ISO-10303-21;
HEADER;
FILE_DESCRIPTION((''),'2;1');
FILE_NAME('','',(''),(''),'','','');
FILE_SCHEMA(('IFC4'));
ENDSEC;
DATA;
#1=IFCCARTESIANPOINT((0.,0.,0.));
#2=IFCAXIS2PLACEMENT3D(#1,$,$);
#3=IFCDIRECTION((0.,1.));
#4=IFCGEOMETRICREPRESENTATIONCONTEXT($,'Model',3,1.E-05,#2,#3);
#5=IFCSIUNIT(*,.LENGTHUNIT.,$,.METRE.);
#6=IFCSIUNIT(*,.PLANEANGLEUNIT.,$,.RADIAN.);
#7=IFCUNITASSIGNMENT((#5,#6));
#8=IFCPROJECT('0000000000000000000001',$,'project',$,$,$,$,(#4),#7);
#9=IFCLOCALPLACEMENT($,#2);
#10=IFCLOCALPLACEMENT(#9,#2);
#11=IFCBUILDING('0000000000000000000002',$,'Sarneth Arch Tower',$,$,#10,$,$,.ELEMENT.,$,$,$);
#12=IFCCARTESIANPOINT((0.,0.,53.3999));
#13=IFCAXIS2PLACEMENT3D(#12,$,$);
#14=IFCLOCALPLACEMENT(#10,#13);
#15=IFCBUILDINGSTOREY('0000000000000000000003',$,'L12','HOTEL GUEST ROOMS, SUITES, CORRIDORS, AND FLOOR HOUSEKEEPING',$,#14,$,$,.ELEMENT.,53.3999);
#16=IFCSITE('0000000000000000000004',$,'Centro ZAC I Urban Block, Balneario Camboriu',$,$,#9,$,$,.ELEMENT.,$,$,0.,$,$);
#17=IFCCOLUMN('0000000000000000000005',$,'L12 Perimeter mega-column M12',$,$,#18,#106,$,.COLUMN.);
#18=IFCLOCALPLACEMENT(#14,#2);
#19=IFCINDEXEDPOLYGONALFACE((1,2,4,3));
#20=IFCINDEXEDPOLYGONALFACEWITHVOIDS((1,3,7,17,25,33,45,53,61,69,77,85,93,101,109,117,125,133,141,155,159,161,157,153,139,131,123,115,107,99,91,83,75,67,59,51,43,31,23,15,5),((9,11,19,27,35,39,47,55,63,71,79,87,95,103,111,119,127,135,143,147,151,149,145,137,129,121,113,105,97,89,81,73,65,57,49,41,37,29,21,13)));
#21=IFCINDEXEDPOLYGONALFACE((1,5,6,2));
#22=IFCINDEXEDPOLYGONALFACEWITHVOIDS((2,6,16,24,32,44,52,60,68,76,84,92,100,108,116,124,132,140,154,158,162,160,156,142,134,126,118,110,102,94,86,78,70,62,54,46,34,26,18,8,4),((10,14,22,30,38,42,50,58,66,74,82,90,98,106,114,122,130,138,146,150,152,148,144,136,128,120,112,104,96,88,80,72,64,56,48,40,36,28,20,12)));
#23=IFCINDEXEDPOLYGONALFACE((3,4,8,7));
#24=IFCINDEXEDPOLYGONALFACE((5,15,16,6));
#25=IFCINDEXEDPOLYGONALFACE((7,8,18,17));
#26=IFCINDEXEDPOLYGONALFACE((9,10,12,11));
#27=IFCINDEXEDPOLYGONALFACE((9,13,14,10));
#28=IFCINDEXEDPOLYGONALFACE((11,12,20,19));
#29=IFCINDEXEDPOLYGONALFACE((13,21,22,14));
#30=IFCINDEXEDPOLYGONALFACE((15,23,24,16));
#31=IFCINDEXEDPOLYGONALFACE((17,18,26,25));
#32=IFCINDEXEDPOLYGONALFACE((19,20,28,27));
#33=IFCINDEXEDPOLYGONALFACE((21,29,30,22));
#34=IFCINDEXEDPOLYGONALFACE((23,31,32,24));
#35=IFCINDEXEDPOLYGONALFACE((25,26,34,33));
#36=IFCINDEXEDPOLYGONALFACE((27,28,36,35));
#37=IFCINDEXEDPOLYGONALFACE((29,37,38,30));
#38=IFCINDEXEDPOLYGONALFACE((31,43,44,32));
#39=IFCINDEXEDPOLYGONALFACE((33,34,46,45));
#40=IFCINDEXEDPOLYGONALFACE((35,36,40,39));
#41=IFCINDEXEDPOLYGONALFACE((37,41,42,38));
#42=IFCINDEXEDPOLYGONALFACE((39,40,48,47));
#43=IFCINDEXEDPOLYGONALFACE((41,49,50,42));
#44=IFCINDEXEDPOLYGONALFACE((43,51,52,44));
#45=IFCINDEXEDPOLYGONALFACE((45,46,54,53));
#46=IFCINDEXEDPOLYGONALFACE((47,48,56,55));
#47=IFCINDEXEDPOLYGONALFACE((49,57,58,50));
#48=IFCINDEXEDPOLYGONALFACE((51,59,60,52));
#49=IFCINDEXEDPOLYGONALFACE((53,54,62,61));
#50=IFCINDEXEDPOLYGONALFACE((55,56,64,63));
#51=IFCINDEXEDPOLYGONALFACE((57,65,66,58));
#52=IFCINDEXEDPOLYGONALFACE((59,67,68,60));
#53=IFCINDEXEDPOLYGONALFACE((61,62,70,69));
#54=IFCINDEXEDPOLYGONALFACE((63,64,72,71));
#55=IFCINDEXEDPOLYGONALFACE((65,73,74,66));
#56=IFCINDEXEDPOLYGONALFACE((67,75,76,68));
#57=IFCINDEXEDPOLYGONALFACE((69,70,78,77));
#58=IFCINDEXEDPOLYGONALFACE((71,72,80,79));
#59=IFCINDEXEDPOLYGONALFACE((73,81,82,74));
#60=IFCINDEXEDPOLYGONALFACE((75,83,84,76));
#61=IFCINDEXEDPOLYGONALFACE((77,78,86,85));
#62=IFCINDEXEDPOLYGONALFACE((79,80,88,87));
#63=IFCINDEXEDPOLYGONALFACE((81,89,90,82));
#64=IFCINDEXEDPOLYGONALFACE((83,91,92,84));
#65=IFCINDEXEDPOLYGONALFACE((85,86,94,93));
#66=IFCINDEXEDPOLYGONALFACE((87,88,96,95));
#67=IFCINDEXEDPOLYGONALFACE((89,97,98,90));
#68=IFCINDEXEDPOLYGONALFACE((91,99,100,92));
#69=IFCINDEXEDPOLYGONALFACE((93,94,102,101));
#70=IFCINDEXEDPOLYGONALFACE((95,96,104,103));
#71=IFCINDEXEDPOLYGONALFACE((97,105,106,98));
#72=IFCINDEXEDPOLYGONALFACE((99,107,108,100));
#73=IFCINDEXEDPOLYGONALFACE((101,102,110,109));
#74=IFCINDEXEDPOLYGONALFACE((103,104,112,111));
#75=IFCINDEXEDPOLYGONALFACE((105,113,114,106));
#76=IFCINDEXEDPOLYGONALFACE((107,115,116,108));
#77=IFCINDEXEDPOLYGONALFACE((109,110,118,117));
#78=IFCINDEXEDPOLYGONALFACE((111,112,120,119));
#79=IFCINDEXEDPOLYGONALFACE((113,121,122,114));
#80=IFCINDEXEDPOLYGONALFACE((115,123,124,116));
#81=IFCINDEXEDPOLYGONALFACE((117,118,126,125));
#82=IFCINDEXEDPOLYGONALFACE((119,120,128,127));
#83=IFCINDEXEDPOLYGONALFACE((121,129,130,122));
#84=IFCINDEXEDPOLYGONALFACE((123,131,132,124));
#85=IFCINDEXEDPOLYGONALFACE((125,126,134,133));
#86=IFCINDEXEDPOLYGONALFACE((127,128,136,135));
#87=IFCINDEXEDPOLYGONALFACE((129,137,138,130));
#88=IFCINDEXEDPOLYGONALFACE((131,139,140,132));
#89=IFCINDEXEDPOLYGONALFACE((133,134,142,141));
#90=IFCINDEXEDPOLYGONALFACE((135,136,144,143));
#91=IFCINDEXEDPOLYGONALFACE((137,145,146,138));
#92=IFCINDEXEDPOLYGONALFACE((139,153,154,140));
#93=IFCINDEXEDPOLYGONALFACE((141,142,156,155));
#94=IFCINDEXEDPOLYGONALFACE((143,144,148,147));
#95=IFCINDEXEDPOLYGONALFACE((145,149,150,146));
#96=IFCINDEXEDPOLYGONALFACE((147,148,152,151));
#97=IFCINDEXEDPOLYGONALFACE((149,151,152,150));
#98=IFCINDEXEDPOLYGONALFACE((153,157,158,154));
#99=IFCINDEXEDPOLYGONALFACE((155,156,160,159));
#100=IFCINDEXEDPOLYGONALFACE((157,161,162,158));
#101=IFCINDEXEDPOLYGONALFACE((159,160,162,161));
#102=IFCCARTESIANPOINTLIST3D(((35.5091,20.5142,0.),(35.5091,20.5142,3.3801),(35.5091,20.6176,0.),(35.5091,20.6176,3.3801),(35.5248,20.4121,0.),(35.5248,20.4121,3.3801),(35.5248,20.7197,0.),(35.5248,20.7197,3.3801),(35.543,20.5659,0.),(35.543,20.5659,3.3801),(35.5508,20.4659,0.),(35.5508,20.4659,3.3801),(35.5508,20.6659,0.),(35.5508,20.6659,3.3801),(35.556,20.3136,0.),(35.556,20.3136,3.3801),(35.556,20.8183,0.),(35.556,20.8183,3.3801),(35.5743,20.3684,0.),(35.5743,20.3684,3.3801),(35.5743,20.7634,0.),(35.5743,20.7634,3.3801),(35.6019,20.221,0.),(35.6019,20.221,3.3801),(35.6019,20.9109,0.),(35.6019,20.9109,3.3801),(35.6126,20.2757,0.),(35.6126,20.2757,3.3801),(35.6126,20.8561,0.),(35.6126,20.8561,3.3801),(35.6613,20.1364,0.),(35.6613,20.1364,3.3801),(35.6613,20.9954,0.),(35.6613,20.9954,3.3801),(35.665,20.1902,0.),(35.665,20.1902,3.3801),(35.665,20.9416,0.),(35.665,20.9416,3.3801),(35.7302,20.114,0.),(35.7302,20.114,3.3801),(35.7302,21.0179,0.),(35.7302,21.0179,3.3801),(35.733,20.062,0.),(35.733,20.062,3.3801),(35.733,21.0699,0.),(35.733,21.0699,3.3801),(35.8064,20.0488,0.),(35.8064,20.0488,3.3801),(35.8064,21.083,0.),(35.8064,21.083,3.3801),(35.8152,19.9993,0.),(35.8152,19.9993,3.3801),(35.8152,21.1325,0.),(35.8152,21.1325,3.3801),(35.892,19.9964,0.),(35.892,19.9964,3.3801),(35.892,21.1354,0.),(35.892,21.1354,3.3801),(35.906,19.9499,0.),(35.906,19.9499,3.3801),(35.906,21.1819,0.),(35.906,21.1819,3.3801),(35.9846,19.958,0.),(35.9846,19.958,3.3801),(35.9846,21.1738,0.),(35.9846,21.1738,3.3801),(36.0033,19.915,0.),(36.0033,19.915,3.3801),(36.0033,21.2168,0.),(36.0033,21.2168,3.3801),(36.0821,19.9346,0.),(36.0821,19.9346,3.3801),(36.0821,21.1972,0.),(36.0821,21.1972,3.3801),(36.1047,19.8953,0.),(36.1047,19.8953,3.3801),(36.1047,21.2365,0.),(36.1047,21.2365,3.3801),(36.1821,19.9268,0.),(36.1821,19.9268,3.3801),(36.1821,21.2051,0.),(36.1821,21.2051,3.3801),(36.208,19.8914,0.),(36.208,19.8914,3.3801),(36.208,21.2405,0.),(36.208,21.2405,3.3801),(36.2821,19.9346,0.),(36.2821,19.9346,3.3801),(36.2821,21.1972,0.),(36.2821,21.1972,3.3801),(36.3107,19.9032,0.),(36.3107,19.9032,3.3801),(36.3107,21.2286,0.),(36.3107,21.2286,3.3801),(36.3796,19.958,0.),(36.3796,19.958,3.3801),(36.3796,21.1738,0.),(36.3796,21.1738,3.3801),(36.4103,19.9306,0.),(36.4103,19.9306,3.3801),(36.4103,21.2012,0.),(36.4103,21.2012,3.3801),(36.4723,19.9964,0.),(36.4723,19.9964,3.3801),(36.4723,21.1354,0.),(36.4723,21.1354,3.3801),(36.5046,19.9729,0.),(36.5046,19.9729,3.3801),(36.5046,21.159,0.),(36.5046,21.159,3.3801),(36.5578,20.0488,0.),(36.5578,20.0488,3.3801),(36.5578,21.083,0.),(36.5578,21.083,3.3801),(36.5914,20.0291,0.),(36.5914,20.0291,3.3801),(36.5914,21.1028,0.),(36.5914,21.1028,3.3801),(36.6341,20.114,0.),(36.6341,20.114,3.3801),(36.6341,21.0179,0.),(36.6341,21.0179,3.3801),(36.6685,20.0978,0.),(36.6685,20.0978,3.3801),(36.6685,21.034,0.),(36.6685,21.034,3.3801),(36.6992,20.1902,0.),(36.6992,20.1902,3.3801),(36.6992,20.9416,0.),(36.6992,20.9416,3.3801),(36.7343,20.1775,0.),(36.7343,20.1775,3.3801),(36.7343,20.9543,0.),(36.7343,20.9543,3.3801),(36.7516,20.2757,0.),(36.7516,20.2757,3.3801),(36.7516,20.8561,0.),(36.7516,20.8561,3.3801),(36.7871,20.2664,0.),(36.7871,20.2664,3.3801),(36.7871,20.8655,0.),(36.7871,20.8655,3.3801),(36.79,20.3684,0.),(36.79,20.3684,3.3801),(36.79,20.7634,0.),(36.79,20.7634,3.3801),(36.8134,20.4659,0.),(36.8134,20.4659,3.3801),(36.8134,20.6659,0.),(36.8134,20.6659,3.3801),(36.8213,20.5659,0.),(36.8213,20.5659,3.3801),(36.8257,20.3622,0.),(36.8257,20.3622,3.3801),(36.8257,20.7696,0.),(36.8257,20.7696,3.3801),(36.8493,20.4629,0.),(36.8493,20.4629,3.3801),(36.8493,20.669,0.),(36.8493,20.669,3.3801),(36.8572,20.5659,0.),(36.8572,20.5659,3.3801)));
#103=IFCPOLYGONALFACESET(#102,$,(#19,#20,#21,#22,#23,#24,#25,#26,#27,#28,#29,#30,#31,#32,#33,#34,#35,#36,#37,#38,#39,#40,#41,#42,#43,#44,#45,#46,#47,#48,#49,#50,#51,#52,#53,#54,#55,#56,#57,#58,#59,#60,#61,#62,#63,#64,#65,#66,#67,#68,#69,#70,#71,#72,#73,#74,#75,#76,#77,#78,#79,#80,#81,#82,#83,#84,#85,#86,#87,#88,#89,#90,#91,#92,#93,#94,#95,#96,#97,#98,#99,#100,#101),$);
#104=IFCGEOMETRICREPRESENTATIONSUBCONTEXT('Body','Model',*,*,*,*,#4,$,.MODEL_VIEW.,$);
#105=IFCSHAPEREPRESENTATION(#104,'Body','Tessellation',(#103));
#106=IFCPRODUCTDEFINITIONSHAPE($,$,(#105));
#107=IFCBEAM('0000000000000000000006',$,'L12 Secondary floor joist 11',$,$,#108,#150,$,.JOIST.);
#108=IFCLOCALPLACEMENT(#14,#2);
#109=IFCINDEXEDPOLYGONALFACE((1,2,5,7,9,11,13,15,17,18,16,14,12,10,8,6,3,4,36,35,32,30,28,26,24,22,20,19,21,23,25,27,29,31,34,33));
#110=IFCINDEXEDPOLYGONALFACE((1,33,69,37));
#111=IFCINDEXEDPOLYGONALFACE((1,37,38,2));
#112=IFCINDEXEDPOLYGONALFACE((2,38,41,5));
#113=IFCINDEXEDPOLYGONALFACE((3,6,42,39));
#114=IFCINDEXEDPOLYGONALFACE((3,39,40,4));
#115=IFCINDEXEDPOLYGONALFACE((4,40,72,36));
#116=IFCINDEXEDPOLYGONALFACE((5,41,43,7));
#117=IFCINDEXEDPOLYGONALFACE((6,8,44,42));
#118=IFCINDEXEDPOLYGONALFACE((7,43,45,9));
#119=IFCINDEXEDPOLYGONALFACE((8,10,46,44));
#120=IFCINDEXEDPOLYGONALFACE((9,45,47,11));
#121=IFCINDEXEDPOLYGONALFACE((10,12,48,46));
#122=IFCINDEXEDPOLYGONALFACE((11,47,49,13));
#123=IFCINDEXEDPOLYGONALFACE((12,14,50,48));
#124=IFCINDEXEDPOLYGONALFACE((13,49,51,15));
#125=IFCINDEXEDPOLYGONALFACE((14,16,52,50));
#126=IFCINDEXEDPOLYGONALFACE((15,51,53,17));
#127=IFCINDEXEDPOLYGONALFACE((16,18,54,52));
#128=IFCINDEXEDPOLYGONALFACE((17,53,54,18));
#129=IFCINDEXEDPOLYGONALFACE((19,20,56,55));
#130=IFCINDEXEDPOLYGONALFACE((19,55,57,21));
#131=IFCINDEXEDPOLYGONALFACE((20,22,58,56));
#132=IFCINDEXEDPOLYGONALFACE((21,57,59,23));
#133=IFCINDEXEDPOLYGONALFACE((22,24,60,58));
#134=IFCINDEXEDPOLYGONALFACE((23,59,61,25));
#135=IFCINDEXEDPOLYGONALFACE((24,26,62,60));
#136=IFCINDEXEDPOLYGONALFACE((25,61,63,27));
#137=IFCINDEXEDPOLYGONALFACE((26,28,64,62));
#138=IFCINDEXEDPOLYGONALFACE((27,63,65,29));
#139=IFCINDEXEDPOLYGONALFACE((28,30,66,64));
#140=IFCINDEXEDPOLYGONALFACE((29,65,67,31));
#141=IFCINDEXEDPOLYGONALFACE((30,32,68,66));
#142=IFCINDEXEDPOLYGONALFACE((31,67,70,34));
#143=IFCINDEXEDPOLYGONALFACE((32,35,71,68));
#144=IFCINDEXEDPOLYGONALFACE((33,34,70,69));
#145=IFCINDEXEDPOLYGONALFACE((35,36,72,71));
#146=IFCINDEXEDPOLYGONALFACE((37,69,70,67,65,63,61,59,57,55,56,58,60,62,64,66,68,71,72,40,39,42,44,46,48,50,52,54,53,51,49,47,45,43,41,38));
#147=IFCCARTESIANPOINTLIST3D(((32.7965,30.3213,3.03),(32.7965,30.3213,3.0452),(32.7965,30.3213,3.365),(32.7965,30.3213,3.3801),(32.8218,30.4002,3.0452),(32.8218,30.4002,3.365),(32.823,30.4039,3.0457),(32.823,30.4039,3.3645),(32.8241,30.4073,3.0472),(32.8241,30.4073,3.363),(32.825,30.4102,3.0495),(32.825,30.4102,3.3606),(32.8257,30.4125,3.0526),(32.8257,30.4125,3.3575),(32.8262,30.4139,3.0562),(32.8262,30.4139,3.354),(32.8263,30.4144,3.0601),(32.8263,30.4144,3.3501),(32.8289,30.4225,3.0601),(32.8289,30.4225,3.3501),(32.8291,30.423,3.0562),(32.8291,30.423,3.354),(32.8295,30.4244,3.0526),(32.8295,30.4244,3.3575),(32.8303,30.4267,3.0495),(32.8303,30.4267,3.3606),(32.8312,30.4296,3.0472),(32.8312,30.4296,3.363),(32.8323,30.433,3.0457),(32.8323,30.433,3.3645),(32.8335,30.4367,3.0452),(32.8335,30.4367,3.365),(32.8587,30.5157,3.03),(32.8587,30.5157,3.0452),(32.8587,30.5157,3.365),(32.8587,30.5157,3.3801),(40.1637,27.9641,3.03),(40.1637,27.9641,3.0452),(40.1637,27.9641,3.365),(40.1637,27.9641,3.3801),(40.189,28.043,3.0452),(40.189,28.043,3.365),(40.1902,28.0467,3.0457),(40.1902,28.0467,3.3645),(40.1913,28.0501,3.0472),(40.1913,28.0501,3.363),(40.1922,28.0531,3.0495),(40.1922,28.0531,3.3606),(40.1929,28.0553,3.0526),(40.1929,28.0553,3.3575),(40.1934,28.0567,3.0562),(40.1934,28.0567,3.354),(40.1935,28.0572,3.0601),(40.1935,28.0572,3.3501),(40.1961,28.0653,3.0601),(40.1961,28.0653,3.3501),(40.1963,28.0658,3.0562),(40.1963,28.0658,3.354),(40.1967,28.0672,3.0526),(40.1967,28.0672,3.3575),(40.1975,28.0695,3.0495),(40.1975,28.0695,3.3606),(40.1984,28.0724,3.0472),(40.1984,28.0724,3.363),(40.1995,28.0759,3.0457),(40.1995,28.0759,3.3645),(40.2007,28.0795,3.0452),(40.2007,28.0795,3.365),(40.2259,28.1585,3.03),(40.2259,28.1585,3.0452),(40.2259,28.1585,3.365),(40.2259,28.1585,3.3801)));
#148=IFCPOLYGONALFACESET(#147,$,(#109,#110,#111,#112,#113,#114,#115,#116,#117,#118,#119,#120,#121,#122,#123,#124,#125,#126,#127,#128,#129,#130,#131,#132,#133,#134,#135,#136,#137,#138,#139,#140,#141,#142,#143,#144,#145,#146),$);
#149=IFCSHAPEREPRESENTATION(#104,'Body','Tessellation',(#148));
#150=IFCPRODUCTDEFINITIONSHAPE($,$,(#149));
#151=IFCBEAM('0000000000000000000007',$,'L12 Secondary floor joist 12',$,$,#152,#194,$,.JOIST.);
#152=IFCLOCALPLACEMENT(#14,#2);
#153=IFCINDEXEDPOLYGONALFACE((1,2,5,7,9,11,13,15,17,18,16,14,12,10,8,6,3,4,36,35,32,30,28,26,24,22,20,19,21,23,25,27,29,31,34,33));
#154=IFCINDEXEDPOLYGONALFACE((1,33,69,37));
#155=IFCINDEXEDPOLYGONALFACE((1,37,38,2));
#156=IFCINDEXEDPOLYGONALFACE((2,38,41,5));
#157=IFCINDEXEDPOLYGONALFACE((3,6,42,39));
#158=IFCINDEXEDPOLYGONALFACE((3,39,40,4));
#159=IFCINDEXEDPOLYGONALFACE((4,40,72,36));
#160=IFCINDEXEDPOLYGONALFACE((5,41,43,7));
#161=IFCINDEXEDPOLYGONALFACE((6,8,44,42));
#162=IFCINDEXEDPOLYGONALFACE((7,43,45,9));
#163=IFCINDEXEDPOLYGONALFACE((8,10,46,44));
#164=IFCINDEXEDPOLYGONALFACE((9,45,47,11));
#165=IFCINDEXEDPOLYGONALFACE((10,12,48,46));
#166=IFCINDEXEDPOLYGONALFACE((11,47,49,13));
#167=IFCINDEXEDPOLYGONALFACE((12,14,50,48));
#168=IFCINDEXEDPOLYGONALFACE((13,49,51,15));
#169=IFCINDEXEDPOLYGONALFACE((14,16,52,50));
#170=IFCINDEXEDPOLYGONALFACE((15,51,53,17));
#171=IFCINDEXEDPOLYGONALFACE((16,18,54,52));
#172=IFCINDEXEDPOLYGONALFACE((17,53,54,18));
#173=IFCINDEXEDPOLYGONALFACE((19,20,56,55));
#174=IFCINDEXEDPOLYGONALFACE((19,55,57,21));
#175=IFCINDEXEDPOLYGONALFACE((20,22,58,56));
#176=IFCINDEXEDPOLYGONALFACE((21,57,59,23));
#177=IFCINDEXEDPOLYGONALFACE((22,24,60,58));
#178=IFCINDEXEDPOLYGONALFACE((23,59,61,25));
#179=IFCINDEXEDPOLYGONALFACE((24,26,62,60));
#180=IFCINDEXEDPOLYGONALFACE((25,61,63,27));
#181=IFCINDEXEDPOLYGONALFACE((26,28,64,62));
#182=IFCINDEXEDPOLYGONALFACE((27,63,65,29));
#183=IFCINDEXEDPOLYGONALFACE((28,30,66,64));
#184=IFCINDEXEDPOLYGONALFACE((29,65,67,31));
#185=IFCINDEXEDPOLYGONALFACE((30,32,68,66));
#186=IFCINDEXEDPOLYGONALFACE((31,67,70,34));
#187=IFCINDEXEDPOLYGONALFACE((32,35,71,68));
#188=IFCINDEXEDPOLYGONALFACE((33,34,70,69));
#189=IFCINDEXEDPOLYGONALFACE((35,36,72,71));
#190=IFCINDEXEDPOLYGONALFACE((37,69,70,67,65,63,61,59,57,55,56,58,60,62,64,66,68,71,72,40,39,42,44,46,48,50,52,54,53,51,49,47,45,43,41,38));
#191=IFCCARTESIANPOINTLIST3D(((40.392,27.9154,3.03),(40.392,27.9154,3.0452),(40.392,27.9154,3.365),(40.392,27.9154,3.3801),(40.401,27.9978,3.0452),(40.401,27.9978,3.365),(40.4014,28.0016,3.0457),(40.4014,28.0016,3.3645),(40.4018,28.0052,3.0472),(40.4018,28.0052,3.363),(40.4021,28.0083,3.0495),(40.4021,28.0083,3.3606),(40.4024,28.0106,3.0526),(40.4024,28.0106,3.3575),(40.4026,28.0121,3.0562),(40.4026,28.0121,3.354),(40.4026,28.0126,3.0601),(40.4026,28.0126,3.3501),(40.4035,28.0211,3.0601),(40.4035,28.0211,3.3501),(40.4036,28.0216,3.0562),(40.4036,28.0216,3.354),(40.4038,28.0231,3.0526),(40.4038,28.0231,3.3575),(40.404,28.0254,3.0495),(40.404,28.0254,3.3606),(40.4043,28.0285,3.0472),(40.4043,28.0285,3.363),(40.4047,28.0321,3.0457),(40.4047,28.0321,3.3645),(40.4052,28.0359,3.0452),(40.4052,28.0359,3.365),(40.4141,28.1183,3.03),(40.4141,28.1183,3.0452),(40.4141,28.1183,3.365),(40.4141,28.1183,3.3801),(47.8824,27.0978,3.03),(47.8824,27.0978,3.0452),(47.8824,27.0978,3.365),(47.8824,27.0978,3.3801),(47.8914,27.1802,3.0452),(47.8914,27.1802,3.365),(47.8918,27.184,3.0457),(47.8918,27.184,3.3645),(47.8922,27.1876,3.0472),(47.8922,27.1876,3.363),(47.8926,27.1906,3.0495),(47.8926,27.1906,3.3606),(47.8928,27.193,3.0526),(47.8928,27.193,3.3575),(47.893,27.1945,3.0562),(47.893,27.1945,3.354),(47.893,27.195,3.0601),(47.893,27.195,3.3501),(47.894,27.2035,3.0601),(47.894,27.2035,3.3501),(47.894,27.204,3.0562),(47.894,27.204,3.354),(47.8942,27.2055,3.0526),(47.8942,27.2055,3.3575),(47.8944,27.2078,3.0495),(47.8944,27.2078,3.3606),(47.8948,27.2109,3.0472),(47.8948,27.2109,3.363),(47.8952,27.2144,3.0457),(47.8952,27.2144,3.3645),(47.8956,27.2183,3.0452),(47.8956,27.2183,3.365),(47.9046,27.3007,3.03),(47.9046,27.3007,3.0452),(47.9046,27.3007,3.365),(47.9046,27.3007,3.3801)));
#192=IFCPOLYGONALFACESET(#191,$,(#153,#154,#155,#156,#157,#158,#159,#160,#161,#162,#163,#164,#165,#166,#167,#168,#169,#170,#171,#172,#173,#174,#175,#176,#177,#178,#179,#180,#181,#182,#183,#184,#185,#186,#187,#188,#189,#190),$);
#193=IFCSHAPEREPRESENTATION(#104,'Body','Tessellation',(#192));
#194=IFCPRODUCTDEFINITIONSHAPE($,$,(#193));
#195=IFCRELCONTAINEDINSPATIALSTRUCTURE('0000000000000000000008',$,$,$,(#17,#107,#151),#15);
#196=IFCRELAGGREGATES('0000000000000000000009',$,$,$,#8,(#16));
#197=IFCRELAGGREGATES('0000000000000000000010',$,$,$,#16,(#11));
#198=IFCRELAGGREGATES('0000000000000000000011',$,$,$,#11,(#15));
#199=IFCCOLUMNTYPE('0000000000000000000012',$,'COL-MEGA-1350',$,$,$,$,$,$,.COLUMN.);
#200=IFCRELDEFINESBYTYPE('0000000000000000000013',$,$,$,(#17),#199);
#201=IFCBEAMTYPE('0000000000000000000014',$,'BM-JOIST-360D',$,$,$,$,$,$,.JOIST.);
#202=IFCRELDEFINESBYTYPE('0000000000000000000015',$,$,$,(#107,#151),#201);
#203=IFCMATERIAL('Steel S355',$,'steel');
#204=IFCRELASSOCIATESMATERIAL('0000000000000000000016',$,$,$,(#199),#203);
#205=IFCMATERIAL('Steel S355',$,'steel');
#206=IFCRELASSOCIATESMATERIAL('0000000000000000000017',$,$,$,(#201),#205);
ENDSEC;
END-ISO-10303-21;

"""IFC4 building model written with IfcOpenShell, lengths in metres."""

from ifc_helpers import new_model, si_unit, direction, frame, origin, origin_2d, place, context, subcontext, project, spatial, hollow_circle, i_section, extrude, material, material_profile, profile_set, type_object, element, save


model = new_model("IFC4")

# Units and contexts
model_context = context("Model", 3, precision=1e-05, world=origin(), true_north=direction((0.0, 1.0)))
body_context = subcontext(model_context, "Body", "Model", "MODEL_VIEW")
ifc_project = project(units=[si_unit("LENGTHUNIT", "METRE"), si_unit("PLANEANGLEUNIT", "RADIAN")], contexts=[model_context])

# Site, building, storey
site_placement = place(None, origin())
site = spatial("IfcSite", under=ifc_project, at=site_placement, Name="Centro ZAC I Urban Block, Balneario Camboriu", CompositionType="ELEMENT", RefElevation=0.0)
building_placement = place(site_placement, origin())
building = spatial("IfcBuilding", under=site, at=building_placement, Name="Sarneth Arch Tower", CompositionType="ELEMENT")
storey_placement = place(building_placement, frame((0.0, 0.0, 53.3999)))
storey = spatial("IfcBuildingStorey", under=building, at=storey_placement, Name="L12", Description="HOTEL GUEST ROOMS, SUITES, CORRIDORS, AND FLOOR HOUSEKEEPING", CompositionType="ELEMENT", Elevation=53.3999)

# Column
ifc_material_1 = material(Name="Steel S355", Category="steel")
ifc_material_profile_1 = material_profile(ifc_material_1, hollow_circle(Radius=0.675, WallThickness=0.0359, at=origin_2d()), Name="CHS1350x36")
ifc_profile_set_1 = profile_set([ifc_material_profile_1], Name="Steel S355")
column_type = type_object("IfcColumnType", Name="COL-MEGA-1350", PredefinedType="COLUMN", material=ifc_profile_set_1)
column_placement = place(storey_placement, frame((36.1821, 20.5659, 0.0), z_axis=(0.0, 0.0, 1.0), x_axis=(1.0, 0.0, 0.0)))
element("IfcColumn", 1, at=column_placement, inside=storey, type_object=column_type, Name="L12 Perimeter mega-column M12", PredefinedType="COLUMN", context=body_context, shape_type="SweptSolid", body=[
    extrude(hollow_circle(Radius=0.675, WallThickness=0.0359, at=origin_2d()), origin(), (0.0, 0.0, 1.0), 3.3801),
])

# Beams
ifc_material_2 = material(Name="Steel S355", Category="steel")
ifc_material_profile_2 = material_profile(ifc_material_2, i_section(OverallWidth=0.2041, OverallDepth=0.3501, WebThickness=0.0085, FlangeThickness=0.0151, FilletRadius=0.0149, at=origin_2d()), Name="W360x72")
ifc_profile_set_2 = profile_set([ifc_material_profile_2], Name="Steel S355")
beam_type_1 = type_object("IfcBeamType", Name="BM-JOIST-360D", PredefinedType="JOIST", material=ifc_profile_set_2)
beam_1_placement = place(storey_placement, frame((32.8276, 30.4185, 3.2051), z_axis=(0.952436, -0.304738, 0.0), x_axis=(0.304738, 0.952436, 0.0)))
element("IfcBeam", 2, at=beam_1_placement, inside=storey, type_object=beam_type_1, Name="L12 Secondary floor joist 11", PredefinedType="JOIST", context=body_context, shape_type="SweptSolid", body=[
    extrude(i_section(OverallWidth=0.2041, OverallDepth=0.3501, WebThickness=0.0085, FlangeThickness=0.0151, FilletRadius=0.0149, at=origin_2d()), origin(), (0.0, 0.0, 1.0), 7.7351),
])
beam_2_placement = place(storey_placement, frame((40.4031, 28.0168, 3.2051), z_axis=(0.994095, -0.108511, 0.0), x_axis=(0.108511, 0.994095, 0.0)))
element("IfcBeam", 3, at=beam_2_placement, inside=storey, type_object=beam_type_1, Name="L12 Secondary floor joist 12", PredefinedType="JOIST", context=body_context, shape_type="SweptSolid", body=[
    extrude(i_section(OverallWidth=0.2041, OverallDepth=0.3501, WebThickness=0.0085, FlangeThickness=0.0151, FilletRadius=0.0149, at=origin_2d()), origin(), (0.0, 0.0, 1.0), 7.5349),
])

save(model, "model.ifc")
